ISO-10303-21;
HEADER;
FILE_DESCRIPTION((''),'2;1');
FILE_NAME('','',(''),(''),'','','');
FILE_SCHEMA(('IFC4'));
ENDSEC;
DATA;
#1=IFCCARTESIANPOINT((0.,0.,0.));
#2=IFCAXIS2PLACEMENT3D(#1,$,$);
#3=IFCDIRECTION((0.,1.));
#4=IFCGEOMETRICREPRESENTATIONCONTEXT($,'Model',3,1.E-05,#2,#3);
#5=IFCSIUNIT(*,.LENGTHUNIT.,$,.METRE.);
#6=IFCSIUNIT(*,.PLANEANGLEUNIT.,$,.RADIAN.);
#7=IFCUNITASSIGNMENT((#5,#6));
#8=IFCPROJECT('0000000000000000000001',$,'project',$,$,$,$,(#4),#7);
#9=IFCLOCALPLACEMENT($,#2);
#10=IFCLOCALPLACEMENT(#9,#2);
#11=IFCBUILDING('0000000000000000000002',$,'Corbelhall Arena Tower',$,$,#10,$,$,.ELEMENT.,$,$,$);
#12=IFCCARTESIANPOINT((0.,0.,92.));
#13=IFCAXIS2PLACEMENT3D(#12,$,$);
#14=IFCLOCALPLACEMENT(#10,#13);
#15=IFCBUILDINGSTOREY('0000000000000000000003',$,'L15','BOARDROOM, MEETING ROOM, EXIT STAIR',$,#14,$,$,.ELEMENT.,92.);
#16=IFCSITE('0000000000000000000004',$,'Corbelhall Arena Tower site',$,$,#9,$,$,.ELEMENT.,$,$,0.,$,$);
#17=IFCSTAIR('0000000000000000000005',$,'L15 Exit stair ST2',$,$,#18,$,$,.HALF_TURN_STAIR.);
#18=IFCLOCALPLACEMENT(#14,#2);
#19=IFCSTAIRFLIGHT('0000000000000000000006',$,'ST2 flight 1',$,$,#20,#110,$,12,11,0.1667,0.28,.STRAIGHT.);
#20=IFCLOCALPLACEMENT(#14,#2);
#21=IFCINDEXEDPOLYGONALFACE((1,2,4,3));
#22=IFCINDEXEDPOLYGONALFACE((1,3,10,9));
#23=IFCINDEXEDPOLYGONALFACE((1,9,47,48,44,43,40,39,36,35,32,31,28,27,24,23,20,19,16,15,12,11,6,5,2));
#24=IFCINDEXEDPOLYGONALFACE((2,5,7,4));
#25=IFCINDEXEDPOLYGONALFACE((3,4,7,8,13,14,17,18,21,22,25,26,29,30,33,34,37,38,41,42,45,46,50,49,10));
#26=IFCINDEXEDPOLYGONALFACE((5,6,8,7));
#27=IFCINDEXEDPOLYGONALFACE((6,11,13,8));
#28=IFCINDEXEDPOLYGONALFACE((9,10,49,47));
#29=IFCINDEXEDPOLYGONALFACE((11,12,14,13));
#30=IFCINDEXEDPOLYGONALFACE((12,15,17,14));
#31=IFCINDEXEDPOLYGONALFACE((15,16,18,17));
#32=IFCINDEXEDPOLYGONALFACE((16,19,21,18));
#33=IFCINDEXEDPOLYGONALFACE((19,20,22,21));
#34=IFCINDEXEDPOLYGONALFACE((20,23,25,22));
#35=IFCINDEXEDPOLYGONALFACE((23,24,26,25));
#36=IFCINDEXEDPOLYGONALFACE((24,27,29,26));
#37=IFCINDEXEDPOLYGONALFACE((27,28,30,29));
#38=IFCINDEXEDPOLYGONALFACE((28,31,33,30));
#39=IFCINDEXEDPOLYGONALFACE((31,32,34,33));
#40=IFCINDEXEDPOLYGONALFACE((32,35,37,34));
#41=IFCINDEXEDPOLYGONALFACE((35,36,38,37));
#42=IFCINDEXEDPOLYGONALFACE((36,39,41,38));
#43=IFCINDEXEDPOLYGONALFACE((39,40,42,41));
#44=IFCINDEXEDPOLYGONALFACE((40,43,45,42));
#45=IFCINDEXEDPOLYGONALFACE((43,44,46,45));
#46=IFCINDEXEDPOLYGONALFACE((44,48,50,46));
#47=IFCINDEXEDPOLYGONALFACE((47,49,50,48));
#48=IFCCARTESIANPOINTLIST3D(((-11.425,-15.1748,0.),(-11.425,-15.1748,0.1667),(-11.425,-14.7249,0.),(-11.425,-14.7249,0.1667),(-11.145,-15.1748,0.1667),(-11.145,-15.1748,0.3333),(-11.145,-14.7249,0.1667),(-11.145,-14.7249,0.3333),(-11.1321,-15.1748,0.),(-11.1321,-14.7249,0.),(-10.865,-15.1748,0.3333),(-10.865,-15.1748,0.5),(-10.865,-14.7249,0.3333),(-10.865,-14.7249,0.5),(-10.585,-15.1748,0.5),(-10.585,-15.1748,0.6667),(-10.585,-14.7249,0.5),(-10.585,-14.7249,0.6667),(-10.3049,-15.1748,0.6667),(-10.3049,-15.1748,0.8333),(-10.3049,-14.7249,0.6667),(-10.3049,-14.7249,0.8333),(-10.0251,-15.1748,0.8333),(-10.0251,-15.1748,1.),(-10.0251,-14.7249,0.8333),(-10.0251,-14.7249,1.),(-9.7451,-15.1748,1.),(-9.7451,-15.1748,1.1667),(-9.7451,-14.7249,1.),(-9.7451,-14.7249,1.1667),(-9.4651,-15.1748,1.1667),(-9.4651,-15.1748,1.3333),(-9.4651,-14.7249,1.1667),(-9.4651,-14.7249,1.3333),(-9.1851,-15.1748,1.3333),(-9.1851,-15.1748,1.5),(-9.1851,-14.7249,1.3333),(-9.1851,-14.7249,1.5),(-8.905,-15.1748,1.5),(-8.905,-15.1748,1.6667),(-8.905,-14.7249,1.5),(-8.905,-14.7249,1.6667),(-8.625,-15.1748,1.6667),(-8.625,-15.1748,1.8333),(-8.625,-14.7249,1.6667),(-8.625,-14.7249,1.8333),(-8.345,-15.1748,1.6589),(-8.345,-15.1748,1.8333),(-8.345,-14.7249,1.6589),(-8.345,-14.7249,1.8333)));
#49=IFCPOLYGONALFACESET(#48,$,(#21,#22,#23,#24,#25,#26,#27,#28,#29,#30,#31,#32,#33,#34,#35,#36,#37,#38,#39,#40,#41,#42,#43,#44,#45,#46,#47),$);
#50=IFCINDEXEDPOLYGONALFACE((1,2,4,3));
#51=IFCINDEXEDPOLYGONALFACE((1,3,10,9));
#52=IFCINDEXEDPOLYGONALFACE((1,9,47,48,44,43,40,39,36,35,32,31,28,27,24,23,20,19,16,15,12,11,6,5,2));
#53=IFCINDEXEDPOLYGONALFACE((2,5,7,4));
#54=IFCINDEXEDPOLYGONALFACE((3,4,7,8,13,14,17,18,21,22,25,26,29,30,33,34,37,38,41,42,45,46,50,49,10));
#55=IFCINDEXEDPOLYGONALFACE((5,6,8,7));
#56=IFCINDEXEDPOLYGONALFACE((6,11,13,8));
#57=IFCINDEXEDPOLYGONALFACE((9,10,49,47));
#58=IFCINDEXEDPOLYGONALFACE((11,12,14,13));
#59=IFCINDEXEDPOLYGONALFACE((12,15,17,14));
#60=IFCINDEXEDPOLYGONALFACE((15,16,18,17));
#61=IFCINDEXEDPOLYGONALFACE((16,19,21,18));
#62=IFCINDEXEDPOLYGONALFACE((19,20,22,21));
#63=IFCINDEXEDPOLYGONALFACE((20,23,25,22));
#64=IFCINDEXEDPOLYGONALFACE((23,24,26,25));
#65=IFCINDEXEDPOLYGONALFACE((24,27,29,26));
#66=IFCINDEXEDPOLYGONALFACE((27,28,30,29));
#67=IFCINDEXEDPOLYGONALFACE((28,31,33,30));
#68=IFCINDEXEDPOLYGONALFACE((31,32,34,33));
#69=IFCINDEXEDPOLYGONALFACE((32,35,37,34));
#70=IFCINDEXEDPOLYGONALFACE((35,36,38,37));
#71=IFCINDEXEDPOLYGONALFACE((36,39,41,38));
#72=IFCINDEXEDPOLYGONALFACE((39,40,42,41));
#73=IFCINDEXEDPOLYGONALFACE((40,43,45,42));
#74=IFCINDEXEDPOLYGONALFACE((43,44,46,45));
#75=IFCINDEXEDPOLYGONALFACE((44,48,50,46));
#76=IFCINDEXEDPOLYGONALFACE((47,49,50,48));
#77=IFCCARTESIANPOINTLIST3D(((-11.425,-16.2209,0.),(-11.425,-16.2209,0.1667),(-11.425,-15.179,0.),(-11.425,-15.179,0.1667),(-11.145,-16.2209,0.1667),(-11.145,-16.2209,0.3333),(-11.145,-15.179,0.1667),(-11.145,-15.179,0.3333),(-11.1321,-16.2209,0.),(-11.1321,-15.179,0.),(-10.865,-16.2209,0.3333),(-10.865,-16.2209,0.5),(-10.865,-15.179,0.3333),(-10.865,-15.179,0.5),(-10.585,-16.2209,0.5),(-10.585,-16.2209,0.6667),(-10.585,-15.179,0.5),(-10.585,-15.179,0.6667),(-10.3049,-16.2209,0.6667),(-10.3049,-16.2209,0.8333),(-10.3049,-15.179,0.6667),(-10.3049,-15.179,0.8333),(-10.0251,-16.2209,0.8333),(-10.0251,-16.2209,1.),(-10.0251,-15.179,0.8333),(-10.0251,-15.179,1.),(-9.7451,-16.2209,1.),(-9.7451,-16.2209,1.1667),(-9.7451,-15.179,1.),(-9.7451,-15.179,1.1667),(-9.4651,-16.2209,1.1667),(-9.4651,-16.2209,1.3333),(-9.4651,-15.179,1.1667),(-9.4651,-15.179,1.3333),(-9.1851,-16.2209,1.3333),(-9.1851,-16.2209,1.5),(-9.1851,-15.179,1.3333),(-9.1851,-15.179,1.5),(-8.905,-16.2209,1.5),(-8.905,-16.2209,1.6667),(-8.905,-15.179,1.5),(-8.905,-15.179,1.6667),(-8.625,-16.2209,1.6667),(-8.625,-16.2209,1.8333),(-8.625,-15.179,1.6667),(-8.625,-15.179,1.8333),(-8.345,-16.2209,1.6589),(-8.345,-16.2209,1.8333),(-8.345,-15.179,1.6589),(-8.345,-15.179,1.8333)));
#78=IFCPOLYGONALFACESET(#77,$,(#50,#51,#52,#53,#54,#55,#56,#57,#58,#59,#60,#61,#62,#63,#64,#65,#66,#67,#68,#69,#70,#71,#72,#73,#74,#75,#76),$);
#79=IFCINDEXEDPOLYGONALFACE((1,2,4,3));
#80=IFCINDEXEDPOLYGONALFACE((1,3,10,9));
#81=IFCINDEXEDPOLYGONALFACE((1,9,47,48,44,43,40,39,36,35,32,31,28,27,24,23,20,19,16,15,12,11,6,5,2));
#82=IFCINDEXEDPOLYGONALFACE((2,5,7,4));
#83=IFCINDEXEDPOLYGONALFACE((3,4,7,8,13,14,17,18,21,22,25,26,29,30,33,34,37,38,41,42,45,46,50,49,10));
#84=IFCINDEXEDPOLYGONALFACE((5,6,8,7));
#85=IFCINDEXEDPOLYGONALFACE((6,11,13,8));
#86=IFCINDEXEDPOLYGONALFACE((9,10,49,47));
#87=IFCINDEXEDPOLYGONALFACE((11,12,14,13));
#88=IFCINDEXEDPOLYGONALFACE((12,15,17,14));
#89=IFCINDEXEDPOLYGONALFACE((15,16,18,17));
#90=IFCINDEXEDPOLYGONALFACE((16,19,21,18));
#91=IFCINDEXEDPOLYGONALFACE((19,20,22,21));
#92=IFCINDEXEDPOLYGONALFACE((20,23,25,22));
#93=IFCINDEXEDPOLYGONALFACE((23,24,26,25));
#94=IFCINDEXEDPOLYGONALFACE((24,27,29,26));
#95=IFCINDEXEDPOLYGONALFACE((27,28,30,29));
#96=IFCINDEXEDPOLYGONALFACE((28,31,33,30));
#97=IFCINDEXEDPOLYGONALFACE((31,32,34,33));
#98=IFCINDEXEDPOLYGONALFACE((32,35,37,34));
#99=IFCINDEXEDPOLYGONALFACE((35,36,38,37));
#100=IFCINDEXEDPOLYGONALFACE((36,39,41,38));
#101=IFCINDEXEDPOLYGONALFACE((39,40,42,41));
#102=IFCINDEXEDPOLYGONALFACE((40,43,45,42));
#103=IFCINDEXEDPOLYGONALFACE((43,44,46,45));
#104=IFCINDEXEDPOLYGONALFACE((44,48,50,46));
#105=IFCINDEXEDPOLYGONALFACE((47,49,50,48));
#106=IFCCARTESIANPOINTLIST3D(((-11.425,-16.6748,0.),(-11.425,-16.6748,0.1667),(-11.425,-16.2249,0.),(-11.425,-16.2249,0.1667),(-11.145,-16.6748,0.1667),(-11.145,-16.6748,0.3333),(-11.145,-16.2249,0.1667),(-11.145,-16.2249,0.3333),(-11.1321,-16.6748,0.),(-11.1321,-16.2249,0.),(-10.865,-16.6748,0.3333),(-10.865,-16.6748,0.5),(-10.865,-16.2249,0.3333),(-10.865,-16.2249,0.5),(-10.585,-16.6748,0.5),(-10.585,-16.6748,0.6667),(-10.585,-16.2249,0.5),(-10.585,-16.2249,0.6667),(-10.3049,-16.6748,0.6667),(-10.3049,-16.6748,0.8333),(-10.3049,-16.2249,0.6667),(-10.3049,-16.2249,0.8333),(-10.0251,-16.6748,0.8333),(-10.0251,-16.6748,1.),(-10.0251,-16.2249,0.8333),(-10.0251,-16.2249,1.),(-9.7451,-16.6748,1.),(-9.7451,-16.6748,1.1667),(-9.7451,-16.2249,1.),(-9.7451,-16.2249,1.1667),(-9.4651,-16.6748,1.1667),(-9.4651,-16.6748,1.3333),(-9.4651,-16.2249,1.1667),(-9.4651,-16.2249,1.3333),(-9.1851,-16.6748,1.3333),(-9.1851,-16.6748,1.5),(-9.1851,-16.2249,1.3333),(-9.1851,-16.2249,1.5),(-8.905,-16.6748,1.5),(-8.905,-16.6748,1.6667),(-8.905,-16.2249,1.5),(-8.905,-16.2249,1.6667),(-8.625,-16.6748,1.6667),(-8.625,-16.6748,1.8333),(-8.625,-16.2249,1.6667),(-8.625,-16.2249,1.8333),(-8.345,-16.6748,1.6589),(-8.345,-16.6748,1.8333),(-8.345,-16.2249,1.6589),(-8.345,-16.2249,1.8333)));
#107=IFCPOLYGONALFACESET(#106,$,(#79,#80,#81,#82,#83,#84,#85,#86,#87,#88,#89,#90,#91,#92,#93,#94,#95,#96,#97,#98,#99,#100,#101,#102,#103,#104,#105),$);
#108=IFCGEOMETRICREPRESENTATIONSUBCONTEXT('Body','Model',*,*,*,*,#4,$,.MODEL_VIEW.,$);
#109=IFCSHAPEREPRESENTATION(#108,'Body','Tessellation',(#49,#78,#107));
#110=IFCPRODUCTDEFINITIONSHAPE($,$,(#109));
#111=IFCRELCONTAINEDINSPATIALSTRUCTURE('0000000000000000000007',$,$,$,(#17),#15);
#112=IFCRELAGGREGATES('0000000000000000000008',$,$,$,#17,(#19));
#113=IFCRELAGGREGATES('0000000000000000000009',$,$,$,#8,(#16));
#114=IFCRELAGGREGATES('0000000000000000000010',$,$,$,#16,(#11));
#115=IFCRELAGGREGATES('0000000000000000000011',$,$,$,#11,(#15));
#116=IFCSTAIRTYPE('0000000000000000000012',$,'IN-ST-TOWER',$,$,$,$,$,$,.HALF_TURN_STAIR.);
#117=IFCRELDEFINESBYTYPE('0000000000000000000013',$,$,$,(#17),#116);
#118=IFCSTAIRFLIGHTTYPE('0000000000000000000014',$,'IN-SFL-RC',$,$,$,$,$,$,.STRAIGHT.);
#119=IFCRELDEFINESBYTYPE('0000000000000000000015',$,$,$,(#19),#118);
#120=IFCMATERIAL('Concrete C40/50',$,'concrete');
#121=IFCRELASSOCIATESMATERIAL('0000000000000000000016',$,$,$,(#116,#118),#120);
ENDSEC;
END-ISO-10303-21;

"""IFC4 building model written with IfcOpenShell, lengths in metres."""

from ifc_helpers import new_model, si_unit, direction, frame, origin, place, context, subcontext, project, spatial, polyline, outline, extrude, material, type_object, element, aggregate, save


model = new_model("IFC4")

# Units and contexts
model_context = context("Model", 3, precision=1e-05, world=origin(), true_north=direction((0.0, 1.0)))
body_context = subcontext(model_context, "Body", "Model", "MODEL_VIEW")
ifc_project = project(units=[si_unit("LENGTHUNIT", "METRE"), si_unit("PLANEANGLEUNIT", "RADIAN")], contexts=[model_context])

# Site, building, storey
site_placement = place(None, origin())
site = spatial("IfcSite", under=ifc_project, at=site_placement, Name="Corbelhall Arena Tower site", CompositionType="ELEMENT", RefElevation=0.0)
building_placement = place(site_placement, origin())
building = spatial("IfcBuilding", under=site, at=building_placement, Name="Corbelhall Arena Tower", CompositionType="ELEMENT")
storey_placement = place(building_placement, frame((0.0, 0.0, 92.0)))
storey = spatial("IfcBuildingStorey", under=building, at=storey_placement, Name="L15", Description="BOARDROOM, MEETING ROOM, EXIT STAIR", CompositionType="ELEMENT", Elevation=92.0)

# Shared definitions
ifc_material_1 = material(Name="Concrete C40/50", Category="concrete")

# Stair, stair flight
stair_type = type_object("IfcStairType", Name="IN-ST-TOWER", PredefinedType="HALF_TURN_STAIR", material=ifc_material_1)
stair_placement = place(storey_placement, origin())
stair = element("IfcStair", 1, at=stair_placement, inside=storey, type_object=stair_type, Name="L15 Exit stair ST2", PredefinedType="HALF_TURN_STAIR")
stair_flight_type = type_object("IfcStairFlightType", Name="IN-SFL-RC", PredefinedType="STRAIGHT", material=ifc_material_1)
stair_flight_1_placement = place(storey_placement, frame((-11.425, -15.7, 0.0), z_axis=(0.0, 0.0, 1.0), x_axis=(1.0, 0.0, 0.0)))
stair_flight_1 = element("IfcStairFlight", 2, at=stair_flight_1_placement, type_object=stair_flight_type, Name="ST2 flight 1", NumberOfRisers=12, NumberOfTreads=11, PredefinedType="STRAIGHT", RiserHeight=0.1667, TreadLength=0.28, context=body_context, shape_type="SweptSolid", body=[
    extrude(outline(polyline([(0.0, 0.0), (0.0, 0.1667), (0.28, 0.1667), (0.28, 0.3333), (0.5601, 0.3333), (0.5601, 0.5), (0.8401, 0.5), (0.8401, 0.6667), (1.1201, 0.6667), (1.1201, 0.8333), (1.3999, 0.8333), (1.3999, 1.0), (1.6799, 1.0), (1.6799, 1.1667), (1.96, 1.1667), (1.96, 1.3333), (2.24, 1.3333), (2.24, 1.5), (2.52, 1.5), (2.52, 1.6667), (2.8, 1.6667), (2.8, 1.8333), (3.0801, 1.8333), (3.0801, 2.0), (3.0801, 1.6589), (0.293, 0.0), (0.0, 0.0)])), frame((0.0, 0.9751, 0.0), z_axis=(0.0, -1.0, 0.0), x_axis=(1.0, 0.0, 0.0)), (0.0, 0.0, 1.0), 0.45),
    extrude(outline(polyline([(0.0, 0.0), (0.0, 0.1667), (0.28, 0.1667), (0.28, 0.3333), (0.5601, 0.3333), (0.5601, 0.5), (0.8401, 0.5), (0.8401, 0.6667), (1.1201, 0.6667), (1.1201, 0.8333), (1.3999, 0.8333), (1.3999, 1.0), (1.6799, 1.0), (1.6799, 1.1667), (1.96, 1.1667), (1.96, 1.3333), (2.24, 1.3333), (2.24, 1.5), (2.52, 1.5), (2.52, 1.6667), (2.8, 1.6667), (2.8, 1.8333), (3.0801, 1.8333), (3.0801, 2.0), (3.0801, 1.6589), (0.293, 0.0), (0.0, 0.0)])), frame((0.0, 0.521, 0.0), z_axis=(0.0, -1.0, 0.0), x_axis=(1.0, 0.0, 0.0)), (0.0, 0.0, 1.0), 1.042),
    extrude(outline(polyline([(0.0, 0.0), (0.0, 0.1667), (0.28, 0.1667), (0.28, 0.3333), (0.5601, 0.3333), (0.5601, 0.5), (0.8401, 0.5), (0.8401, 0.6667), (1.1201, 0.6667), (1.1201, 0.8333), (1.3999, 0.8333), (1.3999, 1.0), (1.6799, 1.0), (1.6799, 1.1667), (1.96, 1.1667), (1.96, 1.3333), (2.24, 1.3333), (2.24, 1.5), (2.52, 1.5), (2.52, 1.6667), (2.8, 1.6667), (2.8, 1.8333), (3.0801, 1.8333), (3.0801, 2.0), (3.0801, 1.6589), (0.293, 0.0), (0.0, 0.0)])), frame((0.0, -0.5249, 0.0), z_axis=(0.0, -1.0, 0.0), x_axis=(1.0, 0.0, 0.0)), (0.0, 0.0, 1.0), 0.45),
])
aggregate(stair, [stair_flight_1])

save(model, "model.ifc")
